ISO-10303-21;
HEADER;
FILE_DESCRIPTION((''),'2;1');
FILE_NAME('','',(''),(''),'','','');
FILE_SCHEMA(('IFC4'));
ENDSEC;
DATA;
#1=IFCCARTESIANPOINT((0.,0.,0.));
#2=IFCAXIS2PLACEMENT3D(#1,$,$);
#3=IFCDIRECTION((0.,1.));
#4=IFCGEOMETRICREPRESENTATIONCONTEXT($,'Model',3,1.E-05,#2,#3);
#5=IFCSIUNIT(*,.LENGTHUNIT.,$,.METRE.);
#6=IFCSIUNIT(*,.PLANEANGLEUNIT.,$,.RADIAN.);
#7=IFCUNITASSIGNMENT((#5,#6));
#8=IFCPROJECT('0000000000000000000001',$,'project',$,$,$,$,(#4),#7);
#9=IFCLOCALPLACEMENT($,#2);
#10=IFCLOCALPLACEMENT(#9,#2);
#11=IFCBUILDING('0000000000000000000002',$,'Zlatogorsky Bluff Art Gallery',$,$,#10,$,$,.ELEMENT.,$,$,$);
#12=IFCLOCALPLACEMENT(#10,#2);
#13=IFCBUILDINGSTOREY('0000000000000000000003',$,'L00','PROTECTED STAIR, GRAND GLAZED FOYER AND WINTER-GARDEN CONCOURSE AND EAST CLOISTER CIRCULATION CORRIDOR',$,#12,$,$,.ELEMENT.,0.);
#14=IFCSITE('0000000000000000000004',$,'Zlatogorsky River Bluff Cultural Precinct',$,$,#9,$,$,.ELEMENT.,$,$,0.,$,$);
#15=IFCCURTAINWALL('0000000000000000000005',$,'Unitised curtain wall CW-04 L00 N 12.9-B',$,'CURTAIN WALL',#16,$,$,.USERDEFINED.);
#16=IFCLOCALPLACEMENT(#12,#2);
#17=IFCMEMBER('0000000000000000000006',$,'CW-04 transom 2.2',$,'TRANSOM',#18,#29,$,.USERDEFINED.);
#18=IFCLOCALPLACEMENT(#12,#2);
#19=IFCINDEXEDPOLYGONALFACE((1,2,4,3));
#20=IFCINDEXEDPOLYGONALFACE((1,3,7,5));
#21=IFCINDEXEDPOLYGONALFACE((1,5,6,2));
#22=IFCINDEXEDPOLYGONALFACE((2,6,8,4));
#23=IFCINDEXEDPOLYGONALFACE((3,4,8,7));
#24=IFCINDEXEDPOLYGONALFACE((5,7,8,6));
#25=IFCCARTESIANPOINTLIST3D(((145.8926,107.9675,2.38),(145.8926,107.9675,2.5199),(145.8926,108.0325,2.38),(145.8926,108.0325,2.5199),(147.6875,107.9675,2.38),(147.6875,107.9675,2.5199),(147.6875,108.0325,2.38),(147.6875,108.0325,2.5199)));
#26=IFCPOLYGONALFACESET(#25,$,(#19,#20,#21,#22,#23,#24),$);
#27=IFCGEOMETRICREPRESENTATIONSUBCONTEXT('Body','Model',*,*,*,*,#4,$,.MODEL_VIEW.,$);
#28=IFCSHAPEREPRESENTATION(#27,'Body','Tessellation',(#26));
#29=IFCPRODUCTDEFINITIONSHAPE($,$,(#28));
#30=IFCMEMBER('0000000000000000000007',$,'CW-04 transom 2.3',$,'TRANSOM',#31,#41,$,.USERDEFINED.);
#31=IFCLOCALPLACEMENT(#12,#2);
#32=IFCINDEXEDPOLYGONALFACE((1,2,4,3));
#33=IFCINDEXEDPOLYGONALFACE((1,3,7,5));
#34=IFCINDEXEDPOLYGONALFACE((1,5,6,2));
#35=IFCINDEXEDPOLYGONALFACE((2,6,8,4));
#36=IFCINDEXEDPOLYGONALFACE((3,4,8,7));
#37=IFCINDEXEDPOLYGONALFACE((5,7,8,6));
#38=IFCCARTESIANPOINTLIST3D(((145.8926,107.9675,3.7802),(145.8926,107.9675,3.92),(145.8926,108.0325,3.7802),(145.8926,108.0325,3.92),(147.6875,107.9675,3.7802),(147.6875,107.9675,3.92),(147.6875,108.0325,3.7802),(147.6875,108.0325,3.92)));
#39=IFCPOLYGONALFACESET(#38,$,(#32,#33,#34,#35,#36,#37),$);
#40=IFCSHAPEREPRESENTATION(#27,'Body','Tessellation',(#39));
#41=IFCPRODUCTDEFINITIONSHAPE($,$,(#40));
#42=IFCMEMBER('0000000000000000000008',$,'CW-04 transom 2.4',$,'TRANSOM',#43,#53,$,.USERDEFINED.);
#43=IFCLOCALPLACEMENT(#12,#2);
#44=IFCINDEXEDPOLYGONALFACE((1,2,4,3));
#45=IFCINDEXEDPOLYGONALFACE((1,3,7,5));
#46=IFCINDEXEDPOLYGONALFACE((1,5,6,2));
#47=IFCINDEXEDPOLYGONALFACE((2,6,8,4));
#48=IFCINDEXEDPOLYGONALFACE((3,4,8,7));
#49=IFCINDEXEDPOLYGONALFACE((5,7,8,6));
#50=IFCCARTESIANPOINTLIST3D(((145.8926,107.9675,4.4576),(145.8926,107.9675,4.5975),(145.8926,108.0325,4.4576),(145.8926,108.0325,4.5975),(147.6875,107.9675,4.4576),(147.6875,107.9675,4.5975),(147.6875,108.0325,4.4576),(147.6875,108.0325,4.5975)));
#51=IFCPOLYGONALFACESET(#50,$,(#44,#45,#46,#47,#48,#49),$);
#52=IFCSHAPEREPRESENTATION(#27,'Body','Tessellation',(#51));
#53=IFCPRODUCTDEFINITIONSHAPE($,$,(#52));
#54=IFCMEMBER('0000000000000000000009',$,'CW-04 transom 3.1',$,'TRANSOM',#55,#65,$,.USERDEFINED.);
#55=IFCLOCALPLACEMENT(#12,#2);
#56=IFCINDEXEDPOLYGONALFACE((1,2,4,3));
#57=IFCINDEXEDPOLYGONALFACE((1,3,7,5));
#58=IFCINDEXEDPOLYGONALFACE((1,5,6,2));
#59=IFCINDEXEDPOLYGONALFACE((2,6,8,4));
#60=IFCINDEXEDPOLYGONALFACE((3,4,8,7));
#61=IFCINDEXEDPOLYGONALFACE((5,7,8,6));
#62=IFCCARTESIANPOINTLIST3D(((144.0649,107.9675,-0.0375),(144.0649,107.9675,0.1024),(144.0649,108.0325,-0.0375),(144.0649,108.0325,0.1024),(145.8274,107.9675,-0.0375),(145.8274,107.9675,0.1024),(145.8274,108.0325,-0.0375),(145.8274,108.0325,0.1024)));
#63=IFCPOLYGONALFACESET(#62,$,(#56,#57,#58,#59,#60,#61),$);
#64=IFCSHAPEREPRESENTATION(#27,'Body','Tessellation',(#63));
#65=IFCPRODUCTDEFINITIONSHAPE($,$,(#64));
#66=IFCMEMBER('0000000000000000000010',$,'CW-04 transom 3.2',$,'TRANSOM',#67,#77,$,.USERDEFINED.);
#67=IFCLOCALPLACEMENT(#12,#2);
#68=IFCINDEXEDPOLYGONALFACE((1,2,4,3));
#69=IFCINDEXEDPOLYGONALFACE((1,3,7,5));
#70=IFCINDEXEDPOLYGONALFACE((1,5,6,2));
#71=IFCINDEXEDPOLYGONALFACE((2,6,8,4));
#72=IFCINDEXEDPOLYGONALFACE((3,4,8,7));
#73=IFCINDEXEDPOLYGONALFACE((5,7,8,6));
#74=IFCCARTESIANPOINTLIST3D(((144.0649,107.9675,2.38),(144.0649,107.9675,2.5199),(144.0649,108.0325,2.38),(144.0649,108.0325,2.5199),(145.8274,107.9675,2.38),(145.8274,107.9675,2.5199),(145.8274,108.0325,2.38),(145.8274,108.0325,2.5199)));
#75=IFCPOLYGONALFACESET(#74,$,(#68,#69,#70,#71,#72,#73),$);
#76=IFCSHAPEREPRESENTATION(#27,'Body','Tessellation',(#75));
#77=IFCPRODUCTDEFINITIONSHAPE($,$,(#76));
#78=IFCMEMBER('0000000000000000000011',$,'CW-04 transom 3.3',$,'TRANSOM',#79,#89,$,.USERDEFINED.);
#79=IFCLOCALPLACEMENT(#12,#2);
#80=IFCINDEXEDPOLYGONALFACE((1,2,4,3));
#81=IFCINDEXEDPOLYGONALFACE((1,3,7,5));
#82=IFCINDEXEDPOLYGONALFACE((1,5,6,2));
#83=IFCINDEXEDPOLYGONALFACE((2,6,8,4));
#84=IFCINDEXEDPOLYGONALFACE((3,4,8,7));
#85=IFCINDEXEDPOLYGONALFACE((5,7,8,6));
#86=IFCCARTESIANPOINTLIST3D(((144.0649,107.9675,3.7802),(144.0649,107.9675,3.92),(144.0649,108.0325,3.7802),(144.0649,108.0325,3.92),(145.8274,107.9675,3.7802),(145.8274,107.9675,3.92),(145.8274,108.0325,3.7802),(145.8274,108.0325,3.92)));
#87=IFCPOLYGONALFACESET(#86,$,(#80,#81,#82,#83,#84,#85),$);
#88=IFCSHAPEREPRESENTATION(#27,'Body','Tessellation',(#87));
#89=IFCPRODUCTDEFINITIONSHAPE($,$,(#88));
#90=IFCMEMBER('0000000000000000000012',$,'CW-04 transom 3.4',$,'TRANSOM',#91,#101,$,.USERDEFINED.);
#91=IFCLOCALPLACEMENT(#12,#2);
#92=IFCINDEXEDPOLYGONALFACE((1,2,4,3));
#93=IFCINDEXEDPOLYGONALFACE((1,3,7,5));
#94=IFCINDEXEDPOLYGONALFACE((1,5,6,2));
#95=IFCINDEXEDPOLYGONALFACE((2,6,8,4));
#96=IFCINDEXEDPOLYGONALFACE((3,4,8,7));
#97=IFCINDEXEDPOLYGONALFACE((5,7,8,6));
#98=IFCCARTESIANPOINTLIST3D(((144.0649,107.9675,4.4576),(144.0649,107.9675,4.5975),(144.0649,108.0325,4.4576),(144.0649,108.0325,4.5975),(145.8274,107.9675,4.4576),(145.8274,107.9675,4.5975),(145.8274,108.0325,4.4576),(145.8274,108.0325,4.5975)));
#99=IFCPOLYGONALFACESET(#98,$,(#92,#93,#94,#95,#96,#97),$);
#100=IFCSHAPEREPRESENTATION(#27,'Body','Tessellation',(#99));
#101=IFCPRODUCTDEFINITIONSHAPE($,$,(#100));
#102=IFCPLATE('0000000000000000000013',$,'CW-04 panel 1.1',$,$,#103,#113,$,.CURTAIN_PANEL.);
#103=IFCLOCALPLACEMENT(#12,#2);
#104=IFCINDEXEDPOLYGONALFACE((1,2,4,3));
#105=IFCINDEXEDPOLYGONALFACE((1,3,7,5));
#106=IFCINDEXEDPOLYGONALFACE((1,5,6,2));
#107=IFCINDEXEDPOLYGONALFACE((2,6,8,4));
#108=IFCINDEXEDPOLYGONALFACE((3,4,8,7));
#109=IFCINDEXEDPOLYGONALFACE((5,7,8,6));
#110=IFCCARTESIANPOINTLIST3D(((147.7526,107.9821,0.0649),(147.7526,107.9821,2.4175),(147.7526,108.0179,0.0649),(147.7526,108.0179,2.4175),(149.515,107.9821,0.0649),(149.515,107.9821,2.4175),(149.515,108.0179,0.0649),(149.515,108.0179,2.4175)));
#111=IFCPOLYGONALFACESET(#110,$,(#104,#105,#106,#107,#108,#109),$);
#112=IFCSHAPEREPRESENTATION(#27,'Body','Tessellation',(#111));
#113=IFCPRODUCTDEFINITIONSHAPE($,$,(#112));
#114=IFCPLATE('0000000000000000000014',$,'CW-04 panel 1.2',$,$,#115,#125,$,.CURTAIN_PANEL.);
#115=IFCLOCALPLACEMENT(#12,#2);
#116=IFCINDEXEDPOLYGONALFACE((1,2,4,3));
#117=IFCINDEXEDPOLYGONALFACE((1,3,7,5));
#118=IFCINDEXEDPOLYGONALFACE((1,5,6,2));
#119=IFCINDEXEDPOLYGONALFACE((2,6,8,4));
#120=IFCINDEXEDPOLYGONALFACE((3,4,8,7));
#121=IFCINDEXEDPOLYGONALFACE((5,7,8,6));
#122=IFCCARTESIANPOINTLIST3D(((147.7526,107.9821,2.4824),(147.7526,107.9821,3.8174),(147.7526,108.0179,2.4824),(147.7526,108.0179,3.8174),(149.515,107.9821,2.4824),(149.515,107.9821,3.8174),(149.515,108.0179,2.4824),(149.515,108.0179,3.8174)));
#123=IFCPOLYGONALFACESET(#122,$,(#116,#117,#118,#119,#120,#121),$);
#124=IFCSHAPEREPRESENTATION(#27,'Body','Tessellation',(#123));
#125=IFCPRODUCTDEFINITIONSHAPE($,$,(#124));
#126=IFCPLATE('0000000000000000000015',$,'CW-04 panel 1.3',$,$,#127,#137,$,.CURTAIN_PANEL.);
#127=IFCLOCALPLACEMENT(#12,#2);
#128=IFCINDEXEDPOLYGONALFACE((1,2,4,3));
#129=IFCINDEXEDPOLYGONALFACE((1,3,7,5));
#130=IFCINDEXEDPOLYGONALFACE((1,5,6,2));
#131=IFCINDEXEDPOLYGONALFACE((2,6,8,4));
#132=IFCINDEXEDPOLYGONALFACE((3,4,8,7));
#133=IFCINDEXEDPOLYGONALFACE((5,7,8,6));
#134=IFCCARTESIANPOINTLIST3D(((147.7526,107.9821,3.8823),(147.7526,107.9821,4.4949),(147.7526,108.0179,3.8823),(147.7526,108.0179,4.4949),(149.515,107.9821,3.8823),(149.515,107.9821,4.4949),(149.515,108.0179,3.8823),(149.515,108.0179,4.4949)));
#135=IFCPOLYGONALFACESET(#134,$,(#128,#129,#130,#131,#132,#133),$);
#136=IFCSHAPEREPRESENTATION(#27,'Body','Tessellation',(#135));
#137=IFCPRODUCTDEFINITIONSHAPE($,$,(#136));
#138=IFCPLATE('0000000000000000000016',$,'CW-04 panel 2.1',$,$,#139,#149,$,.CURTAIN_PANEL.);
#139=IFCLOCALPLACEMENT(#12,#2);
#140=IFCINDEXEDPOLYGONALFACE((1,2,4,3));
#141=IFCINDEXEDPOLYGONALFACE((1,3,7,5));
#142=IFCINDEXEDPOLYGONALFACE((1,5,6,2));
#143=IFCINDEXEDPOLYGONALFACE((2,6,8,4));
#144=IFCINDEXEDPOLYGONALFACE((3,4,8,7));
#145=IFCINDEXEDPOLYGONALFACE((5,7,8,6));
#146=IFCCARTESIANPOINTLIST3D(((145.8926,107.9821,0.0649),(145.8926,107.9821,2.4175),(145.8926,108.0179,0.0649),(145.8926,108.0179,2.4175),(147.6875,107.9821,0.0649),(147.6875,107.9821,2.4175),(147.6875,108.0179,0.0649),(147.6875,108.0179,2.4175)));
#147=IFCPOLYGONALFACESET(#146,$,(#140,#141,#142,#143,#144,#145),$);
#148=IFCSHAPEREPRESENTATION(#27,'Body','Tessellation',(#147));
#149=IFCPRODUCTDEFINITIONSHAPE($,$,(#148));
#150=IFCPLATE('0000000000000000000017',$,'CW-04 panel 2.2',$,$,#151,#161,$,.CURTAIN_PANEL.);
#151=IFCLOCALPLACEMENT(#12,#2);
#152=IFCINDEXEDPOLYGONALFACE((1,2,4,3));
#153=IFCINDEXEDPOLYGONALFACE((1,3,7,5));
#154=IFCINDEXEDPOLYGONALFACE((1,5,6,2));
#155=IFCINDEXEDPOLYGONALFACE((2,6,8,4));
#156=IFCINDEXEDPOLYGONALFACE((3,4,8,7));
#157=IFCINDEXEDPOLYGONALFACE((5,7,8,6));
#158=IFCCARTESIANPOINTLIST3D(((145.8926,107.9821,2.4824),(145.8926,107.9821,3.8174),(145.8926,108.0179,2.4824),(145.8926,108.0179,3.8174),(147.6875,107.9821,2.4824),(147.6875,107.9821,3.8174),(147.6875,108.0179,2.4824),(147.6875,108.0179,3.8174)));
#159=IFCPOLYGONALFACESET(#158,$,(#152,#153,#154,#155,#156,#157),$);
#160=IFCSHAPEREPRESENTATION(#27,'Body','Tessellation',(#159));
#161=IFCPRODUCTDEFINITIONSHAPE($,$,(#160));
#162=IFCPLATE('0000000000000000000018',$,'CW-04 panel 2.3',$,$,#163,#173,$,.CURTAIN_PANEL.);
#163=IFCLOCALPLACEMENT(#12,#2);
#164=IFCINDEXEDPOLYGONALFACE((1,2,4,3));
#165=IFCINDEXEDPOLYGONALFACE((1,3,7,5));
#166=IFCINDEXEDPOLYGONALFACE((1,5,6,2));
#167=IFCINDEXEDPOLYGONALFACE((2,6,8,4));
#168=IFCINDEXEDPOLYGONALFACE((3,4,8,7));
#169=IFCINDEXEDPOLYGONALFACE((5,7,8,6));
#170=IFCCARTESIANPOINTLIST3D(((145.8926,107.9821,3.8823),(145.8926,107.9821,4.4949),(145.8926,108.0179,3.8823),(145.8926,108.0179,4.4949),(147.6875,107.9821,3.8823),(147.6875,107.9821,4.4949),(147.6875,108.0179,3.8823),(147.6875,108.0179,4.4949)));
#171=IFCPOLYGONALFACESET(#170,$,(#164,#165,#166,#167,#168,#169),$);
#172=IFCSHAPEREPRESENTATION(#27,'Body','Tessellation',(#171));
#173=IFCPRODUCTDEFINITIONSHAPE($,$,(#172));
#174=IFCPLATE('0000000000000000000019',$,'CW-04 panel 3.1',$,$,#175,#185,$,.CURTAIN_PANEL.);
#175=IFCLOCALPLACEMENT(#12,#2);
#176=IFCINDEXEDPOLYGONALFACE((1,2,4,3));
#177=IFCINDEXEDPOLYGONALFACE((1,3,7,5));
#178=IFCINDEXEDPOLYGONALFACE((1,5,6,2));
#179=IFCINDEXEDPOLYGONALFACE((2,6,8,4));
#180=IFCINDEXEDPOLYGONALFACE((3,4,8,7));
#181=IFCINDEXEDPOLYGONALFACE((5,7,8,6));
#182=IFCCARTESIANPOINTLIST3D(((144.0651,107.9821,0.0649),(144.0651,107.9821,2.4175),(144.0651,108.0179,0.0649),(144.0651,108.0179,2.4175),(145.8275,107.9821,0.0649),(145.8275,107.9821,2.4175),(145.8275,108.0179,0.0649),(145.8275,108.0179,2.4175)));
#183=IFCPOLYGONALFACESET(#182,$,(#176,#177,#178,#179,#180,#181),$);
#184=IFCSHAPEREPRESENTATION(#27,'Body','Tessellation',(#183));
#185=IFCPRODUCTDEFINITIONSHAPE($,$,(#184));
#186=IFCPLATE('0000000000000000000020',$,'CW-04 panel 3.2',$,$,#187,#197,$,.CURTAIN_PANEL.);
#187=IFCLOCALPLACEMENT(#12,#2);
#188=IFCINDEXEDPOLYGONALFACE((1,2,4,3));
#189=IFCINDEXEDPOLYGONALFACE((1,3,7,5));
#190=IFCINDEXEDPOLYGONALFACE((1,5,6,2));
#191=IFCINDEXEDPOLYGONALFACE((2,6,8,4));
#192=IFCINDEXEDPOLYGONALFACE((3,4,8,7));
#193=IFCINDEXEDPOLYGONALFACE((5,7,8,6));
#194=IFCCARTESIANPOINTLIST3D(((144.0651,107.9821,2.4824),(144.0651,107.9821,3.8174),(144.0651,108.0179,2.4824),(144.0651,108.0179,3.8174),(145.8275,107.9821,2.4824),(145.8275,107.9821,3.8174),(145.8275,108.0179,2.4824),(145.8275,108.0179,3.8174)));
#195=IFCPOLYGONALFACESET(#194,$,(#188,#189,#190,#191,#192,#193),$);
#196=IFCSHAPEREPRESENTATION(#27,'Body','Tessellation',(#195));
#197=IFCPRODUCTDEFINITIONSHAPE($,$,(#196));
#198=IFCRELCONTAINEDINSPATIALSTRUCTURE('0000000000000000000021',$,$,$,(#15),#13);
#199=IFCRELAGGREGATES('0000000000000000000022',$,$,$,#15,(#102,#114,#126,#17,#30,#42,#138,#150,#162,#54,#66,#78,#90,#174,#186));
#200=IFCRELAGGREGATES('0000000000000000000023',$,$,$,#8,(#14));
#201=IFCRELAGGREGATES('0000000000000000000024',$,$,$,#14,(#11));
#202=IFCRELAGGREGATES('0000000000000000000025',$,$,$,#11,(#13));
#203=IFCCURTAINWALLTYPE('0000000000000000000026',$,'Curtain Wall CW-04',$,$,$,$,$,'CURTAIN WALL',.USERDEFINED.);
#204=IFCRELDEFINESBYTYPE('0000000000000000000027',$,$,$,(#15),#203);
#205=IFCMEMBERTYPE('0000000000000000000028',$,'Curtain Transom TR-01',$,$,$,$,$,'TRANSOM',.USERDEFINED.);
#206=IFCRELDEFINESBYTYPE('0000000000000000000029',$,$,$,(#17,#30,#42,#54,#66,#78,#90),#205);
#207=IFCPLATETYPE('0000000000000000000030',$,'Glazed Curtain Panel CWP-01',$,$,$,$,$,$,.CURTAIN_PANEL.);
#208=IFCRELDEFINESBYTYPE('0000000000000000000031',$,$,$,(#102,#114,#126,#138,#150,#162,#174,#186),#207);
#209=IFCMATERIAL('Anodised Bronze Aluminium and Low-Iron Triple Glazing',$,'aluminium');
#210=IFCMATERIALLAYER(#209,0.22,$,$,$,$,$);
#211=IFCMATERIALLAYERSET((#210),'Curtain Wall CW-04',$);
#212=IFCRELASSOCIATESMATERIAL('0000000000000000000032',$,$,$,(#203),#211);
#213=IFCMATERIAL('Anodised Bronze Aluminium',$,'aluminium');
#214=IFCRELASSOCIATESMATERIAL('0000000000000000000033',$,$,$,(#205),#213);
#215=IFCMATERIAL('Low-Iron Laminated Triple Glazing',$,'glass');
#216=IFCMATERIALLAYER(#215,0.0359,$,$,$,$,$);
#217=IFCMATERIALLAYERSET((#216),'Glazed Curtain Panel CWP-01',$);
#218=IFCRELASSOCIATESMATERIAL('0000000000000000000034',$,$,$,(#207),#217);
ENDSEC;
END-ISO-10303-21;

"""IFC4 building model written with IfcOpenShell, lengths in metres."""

from ifc_helpers import new_model, si_unit, direction, frame, origin, origin_2d, place, context, subcontext, project, spatial, rectangle, extrude, material, layer, layer_set, material_profile, profile_set, type_object, element, aggregate, save


model = new_model("IFC4")

# Units and contexts
model_context = context("Model", 3, precision=1e-05, world=origin(), true_north=direction((0.0, 1.0)))
body_context = subcontext(model_context, "Body", "Model", "MODEL_VIEW")
ifc_project = project(units=[si_unit("LENGTHUNIT", "METRE"), si_unit("PLANEANGLEUNIT", "RADIAN")], contexts=[model_context])

# Site, building, storey
site_placement = place(None, origin())
site = spatial("IfcSite", under=ifc_project, at=site_placement, Name="Zlatogorsky River Bluff Cultural Precinct", CompositionType="ELEMENT", RefElevation=0.0)
building_placement = place(site_placement, origin())
building = spatial("IfcBuilding", under=site, at=building_placement, Name="Zlatogorsky Bluff Art Gallery", CompositionType="ELEMENT")
storey_placement = place(building_placement, origin())
storey = spatial("IfcBuildingStorey", under=building, at=storey_placement, Name="L00", Description="PROTECTED STAIR, GRAND GLAZED FOYER AND WINTER-GARDEN CONCOURSE AND EAST CLOISTER CIRCULATION CORRIDOR", CompositionType="ELEMENT", Elevation=0.0)

# Curtain wall, members, plates
ifc_material_1 = material(Name="Anodised Bronze Aluminium and Low-Iron Triple Glazing", Category="aluminium")
ifc_layer_1 = layer(ifc_material_1, 0.22)
ifc_layer_set_1 = layer_set([ifc_layer_1], Name="Curtain Wall CW-04")
curtain_wall_type = type_object("IfcCurtainWallType", Name="Curtain Wall CW-04", ElementType="CURTAIN WALL", PredefinedType="USERDEFINED", material=ifc_layer_set_1)
curtain_wall_placement = place(storey_placement, origin())
curtain_wall = element("IfcCurtainWall", 1, at=curtain_wall_placement, inside=storey, type_object=curtain_wall_type, Name="Unitised curtain wall CW-04 L00 N 12.9-B", ObjectType="CURTAIN WALL", PredefinedType="USERDEFINED")
ifc_material_2 = material(Name="Anodised Bronze Aluminium", Category="aluminium")
ifc_material_profile_1 = material_profile(ifc_material_2, rectangle(XDim=0.0649, YDim=0.1399, at=origin_2d()), Name="ALU TRANSOM 65x140")
ifc_profile_set_1 = profile_set([ifc_material_profile_1], Name="Anodised Bronze Aluminium")
member_type_1 = type_object("IfcMemberType", Name="Curtain Transom TR-01", ElementType="TRANSOM", PredefinedType="USERDEFINED", material=ifc_profile_set_1)
member_1_placement = place(storey_placement, frame((147.6875, 108.0, 2.45), z_axis=(-1.0, 0.0, 0.0), x_axis=(0.0, -1.0, 0.0)))
member_1 = element("IfcMember", 2, at=member_1_placement, type_object=member_type_1, Name="CW-04 transom 2.2", ObjectType="TRANSOM", PredefinedType="USERDEFINED", context=body_context, shape_type="SweptSolid", body=[
    extrude(rectangle(XDim=0.0649, YDim=0.1399, at=origin_2d()), origin(), (0.0, 0.0, 1.0), 1.7949),
])
member_2_placement = place(storey_placement, frame((147.6875, 108.0, 3.8501), z_axis=(-1.0, 0.0, 0.0), x_axis=(0.0, -1.0, 0.0)))
member_2 = element("IfcMember", 3, at=member_2_placement, type_object=member_type_1, Name="CW-04 transom 2.3", ObjectType="TRANSOM", PredefinedType="USERDEFINED", context=body_context, shape_type="SweptSolid", body=[
    extrude(rectangle(XDim=0.0649, YDim=0.1399, at=origin_2d()), origin(), (0.0, 0.0, 1.0), 1.7949),
])
member_3_placement = place(storey_placement, frame((147.6875, 108.0, 4.5276), z_axis=(-1.0, 0.0, 0.0), x_axis=(0.0, -1.0, 0.0)))
member_3 = element("IfcMember", 4, at=member_3_placement, type_object=member_type_1, Name="CW-04 transom 2.4", ObjectType="TRANSOM", PredefinedType="USERDEFINED", context=body_context, shape_type="SweptSolid", body=[
    extrude(rectangle(XDim=0.0649, YDim=0.1399, at=origin_2d()), origin(), (0.0, 0.0, 1.0), 1.7949),
])
member_4_placement = place(storey_placement, frame((145.8274, 108.0, 0.0325), z_axis=(-1.0, 0.0, 0.0), x_axis=(0.0, -1.0, 0.0)))
member_4 = element("IfcMember", 5, at=member_4_placement, type_object=member_type_1, Name="CW-04 transom 3.1", ObjectType="TRANSOM", PredefinedType="USERDEFINED", context=body_context, shape_type="SweptSolid", body=[
    extrude(rectangle(XDim=0.0649, YDim=0.1399, at=origin_2d()), origin(), (0.0, 0.0, 1.0), 1.7625),
])
member_5_placement = place(storey_placement, frame((145.8274, 108.0, 2.45), z_axis=(-1.0, 0.0, 0.0), x_axis=(0.0, -1.0, 0.0)))
member_5 = element("IfcMember", 6, at=member_5_placement, type_object=member_type_1, Name="CW-04 transom 3.2", ObjectType="TRANSOM", PredefinedType="USERDEFINED", context=body_context, shape_type="SweptSolid", body=[
    extrude(rectangle(XDim=0.0649, YDim=0.1399, at=origin_2d()), origin(), (0.0, 0.0, 1.0), 1.7625),
])
member_6_placement = place(storey_placement, frame((145.8274, 108.0, 3.8501), z_axis=(-1.0, 0.0, 0.0), x_axis=(0.0, -1.0, 0.0)))
member_6 = element("IfcMember", 7, at=member_6_placement, type_object=member_type_1, Name="CW-04 transom 3.3", ObjectType="TRANSOM", PredefinedType="USERDEFINED", context=body_context, shape_type="SweptSolid", body=[
    extrude(rectangle(XDim=0.0649, YDim=0.1399, at=origin_2d()), origin(), (0.0, 0.0, 1.0), 1.7625),
])
member_7_placement = place(storey_placement, frame((145.8274, 108.0, 4.5276), z_axis=(-1.0, 0.0, 0.0), x_axis=(0.0, -1.0, 0.0)))
member_7 = element("IfcMember", 8, at=member_7_placement, type_object=member_type_1, Name="CW-04 transom 3.4", ObjectType="TRANSOM", PredefinedType="USERDEFINED", context=body_context, shape_type="SweptSolid", body=[
    extrude(rectangle(XDim=0.0649, YDim=0.1399, at=origin_2d()), origin(), (0.0, 0.0, 1.0), 1.7625),
])
ifc_material_3 = material(Name="Low-Iron Laminated Triple Glazing", Category="glass")
ifc_layer_2 = layer(ifc_material_3, 0.0359)
ifc_layer_set_2 = layer_set([ifc_layer_2], Name="Glazed Curtain Panel CWP-01")
plate_type = type_object("IfcPlateType", Name="Glazed Curtain Panel CWP-01", PredefinedType="CURTAIN_PANEL", material=ifc_layer_set_2)
plate_1_placement = place(storey_placement, frame((148.6338, 108.0, 0.0649), z_axis=(0.0, 0.0, 1.0), x_axis=(-1.0, 0.0, 0.0)))
plate_1 = element("IfcPlate", 9, at=plate_1_placement, type_object=plate_type, Name="CW-04 panel 1.1", PredefinedType="CURTAIN_PANEL", context=body_context, shape_type="SweptSolid", body=[
    extrude(rectangle(XDim=1.7625, YDim=0.0359, at=origin_2d()), origin(), (0.0, 0.0, 1.0), 2.3525),
])
plate_2_placement = place(storey_placement, frame((148.6338, 108.0, 2.4824), z_axis=(0.0, 0.0, 1.0), x_axis=(-1.0, 0.0, 0.0)))
plate_2 = element("IfcPlate", 10, at=plate_2_placement, type_object=plate_type, Name="CW-04 panel 1.2", PredefinedType="CURTAIN_PANEL", context=body_context, shape_type="SweptSolid", body=[
    extrude(rectangle(XDim=1.7625, YDim=0.0359, at=origin_2d()), origin(), (0.0, 0.0, 1.0), 1.335),
])
plate_3_placement = place(storey_placement, frame((148.6338, 108.0, 3.8823), z_axis=(0.0, 0.0, 1.0), x_axis=(-1.0, 0.0, 0.0)))
plate_3 = element("IfcPlate", 11, at=plate_3_placement, type_object=plate_type, Name="CW-04 panel 1.3", PredefinedType="CURTAIN_PANEL", context=body_context, shape_type="SweptSolid", body=[
    extrude(rectangle(XDim=1.7625, YDim=0.0359, at=origin_2d()), origin(), (0.0, 0.0, 1.0), 0.6125),
])
plate_4_placement = place(storey_placement, frame((146.79, 108.0, 0.0649), z_axis=(0.0, 0.0, 1.0), x_axis=(-1.0, 0.0, 0.0)))
plate_4 = element("IfcPlate", 12, at=plate_4_placement, type_object=plate_type, Name="CW-04 panel 2.1", PredefinedType="CURTAIN_PANEL", context=body_context, shape_type="SweptSolid", body=[
    extrude(rectangle(XDim=1.7949, YDim=0.0359, at=origin_2d()), origin(), (0.0, 0.0, 1.0), 2.3525),
])
plate_5_placement = place(storey_placement, frame((146.79, 108.0, 2.4824), z_axis=(0.0, 0.0, 1.0), x_axis=(-1.0, 0.0, 0.0)))
plate_5 = element("IfcPlate", 13, at=plate_5_placement, type_object=plate_type, Name="CW-04 panel 2.2", PredefinedType="CURTAIN_PANEL", context=body_context, shape_type="SweptSolid", body=[
    extrude(rectangle(XDim=1.7949, YDim=0.0359, at=origin_2d()), origin(), (0.0, 0.0, 1.0), 1.335),
])
plate_6_placement = place(storey_placement, frame((146.79, 108.0, 3.8823), z_axis=(0.0, 0.0, 1.0), x_axis=(-1.0, 0.0, 0.0)))
plate_6 = element("IfcPlate", 14, at=plate_6_placement, type_object=plate_type, Name="CW-04 panel 2.3", PredefinedType="CURTAIN_PANEL", context=body_context, shape_type="SweptSolid", body=[
    extrude(rectangle(XDim=1.7949, YDim=0.0359, at=origin_2d()), origin(), (0.0, 0.0, 1.0), 0.6125),
])
plate_7_placement = place(storey_placement, frame((144.9463, 108.0, 0.0649), z_axis=(0.0, 0.0, 1.0), x_axis=(-1.0, 0.0, 0.0)))
plate_7 = element("IfcPlate", 15, at=plate_7_placement, type_object=plate_type, Name="CW-04 panel 3.1", PredefinedType="CURTAIN_PANEL", context=body_context, shape_type="SweptSolid", body=[
    extrude(rectangle(XDim=1.7625, YDim=0.0359, at=origin_2d()), origin(), (0.0, 0.0, 1.0), 2.3525),
])
plate_8_placement = place(storey_placement, frame((144.9463, 108.0, 2.4824), z_axis=(0.0, 0.0, 1.0), x_axis=(-1.0, 0.0, 0.0)))
plate_8 = element("IfcPlate", 16, at=plate_8_placement, type_object=plate_type, Name="CW-04 panel 3.2", PredefinedType="CURTAIN_PANEL", context=body_context, shape_type="SweptSolid", body=[
    extrude(rectangle(XDim=1.7625, YDim=0.0359, at=origin_2d()), origin(), (0.0, 0.0, 1.0), 1.335),
])
aggregate(curtain_wall, [plate_1, plate_2, plate_3, member_1, member_2, member_3, plate_4, plate_5, plate_6, member_4, member_5, member_6, member_7, plate_7, plate_8])

save(model, "model.ifc")
